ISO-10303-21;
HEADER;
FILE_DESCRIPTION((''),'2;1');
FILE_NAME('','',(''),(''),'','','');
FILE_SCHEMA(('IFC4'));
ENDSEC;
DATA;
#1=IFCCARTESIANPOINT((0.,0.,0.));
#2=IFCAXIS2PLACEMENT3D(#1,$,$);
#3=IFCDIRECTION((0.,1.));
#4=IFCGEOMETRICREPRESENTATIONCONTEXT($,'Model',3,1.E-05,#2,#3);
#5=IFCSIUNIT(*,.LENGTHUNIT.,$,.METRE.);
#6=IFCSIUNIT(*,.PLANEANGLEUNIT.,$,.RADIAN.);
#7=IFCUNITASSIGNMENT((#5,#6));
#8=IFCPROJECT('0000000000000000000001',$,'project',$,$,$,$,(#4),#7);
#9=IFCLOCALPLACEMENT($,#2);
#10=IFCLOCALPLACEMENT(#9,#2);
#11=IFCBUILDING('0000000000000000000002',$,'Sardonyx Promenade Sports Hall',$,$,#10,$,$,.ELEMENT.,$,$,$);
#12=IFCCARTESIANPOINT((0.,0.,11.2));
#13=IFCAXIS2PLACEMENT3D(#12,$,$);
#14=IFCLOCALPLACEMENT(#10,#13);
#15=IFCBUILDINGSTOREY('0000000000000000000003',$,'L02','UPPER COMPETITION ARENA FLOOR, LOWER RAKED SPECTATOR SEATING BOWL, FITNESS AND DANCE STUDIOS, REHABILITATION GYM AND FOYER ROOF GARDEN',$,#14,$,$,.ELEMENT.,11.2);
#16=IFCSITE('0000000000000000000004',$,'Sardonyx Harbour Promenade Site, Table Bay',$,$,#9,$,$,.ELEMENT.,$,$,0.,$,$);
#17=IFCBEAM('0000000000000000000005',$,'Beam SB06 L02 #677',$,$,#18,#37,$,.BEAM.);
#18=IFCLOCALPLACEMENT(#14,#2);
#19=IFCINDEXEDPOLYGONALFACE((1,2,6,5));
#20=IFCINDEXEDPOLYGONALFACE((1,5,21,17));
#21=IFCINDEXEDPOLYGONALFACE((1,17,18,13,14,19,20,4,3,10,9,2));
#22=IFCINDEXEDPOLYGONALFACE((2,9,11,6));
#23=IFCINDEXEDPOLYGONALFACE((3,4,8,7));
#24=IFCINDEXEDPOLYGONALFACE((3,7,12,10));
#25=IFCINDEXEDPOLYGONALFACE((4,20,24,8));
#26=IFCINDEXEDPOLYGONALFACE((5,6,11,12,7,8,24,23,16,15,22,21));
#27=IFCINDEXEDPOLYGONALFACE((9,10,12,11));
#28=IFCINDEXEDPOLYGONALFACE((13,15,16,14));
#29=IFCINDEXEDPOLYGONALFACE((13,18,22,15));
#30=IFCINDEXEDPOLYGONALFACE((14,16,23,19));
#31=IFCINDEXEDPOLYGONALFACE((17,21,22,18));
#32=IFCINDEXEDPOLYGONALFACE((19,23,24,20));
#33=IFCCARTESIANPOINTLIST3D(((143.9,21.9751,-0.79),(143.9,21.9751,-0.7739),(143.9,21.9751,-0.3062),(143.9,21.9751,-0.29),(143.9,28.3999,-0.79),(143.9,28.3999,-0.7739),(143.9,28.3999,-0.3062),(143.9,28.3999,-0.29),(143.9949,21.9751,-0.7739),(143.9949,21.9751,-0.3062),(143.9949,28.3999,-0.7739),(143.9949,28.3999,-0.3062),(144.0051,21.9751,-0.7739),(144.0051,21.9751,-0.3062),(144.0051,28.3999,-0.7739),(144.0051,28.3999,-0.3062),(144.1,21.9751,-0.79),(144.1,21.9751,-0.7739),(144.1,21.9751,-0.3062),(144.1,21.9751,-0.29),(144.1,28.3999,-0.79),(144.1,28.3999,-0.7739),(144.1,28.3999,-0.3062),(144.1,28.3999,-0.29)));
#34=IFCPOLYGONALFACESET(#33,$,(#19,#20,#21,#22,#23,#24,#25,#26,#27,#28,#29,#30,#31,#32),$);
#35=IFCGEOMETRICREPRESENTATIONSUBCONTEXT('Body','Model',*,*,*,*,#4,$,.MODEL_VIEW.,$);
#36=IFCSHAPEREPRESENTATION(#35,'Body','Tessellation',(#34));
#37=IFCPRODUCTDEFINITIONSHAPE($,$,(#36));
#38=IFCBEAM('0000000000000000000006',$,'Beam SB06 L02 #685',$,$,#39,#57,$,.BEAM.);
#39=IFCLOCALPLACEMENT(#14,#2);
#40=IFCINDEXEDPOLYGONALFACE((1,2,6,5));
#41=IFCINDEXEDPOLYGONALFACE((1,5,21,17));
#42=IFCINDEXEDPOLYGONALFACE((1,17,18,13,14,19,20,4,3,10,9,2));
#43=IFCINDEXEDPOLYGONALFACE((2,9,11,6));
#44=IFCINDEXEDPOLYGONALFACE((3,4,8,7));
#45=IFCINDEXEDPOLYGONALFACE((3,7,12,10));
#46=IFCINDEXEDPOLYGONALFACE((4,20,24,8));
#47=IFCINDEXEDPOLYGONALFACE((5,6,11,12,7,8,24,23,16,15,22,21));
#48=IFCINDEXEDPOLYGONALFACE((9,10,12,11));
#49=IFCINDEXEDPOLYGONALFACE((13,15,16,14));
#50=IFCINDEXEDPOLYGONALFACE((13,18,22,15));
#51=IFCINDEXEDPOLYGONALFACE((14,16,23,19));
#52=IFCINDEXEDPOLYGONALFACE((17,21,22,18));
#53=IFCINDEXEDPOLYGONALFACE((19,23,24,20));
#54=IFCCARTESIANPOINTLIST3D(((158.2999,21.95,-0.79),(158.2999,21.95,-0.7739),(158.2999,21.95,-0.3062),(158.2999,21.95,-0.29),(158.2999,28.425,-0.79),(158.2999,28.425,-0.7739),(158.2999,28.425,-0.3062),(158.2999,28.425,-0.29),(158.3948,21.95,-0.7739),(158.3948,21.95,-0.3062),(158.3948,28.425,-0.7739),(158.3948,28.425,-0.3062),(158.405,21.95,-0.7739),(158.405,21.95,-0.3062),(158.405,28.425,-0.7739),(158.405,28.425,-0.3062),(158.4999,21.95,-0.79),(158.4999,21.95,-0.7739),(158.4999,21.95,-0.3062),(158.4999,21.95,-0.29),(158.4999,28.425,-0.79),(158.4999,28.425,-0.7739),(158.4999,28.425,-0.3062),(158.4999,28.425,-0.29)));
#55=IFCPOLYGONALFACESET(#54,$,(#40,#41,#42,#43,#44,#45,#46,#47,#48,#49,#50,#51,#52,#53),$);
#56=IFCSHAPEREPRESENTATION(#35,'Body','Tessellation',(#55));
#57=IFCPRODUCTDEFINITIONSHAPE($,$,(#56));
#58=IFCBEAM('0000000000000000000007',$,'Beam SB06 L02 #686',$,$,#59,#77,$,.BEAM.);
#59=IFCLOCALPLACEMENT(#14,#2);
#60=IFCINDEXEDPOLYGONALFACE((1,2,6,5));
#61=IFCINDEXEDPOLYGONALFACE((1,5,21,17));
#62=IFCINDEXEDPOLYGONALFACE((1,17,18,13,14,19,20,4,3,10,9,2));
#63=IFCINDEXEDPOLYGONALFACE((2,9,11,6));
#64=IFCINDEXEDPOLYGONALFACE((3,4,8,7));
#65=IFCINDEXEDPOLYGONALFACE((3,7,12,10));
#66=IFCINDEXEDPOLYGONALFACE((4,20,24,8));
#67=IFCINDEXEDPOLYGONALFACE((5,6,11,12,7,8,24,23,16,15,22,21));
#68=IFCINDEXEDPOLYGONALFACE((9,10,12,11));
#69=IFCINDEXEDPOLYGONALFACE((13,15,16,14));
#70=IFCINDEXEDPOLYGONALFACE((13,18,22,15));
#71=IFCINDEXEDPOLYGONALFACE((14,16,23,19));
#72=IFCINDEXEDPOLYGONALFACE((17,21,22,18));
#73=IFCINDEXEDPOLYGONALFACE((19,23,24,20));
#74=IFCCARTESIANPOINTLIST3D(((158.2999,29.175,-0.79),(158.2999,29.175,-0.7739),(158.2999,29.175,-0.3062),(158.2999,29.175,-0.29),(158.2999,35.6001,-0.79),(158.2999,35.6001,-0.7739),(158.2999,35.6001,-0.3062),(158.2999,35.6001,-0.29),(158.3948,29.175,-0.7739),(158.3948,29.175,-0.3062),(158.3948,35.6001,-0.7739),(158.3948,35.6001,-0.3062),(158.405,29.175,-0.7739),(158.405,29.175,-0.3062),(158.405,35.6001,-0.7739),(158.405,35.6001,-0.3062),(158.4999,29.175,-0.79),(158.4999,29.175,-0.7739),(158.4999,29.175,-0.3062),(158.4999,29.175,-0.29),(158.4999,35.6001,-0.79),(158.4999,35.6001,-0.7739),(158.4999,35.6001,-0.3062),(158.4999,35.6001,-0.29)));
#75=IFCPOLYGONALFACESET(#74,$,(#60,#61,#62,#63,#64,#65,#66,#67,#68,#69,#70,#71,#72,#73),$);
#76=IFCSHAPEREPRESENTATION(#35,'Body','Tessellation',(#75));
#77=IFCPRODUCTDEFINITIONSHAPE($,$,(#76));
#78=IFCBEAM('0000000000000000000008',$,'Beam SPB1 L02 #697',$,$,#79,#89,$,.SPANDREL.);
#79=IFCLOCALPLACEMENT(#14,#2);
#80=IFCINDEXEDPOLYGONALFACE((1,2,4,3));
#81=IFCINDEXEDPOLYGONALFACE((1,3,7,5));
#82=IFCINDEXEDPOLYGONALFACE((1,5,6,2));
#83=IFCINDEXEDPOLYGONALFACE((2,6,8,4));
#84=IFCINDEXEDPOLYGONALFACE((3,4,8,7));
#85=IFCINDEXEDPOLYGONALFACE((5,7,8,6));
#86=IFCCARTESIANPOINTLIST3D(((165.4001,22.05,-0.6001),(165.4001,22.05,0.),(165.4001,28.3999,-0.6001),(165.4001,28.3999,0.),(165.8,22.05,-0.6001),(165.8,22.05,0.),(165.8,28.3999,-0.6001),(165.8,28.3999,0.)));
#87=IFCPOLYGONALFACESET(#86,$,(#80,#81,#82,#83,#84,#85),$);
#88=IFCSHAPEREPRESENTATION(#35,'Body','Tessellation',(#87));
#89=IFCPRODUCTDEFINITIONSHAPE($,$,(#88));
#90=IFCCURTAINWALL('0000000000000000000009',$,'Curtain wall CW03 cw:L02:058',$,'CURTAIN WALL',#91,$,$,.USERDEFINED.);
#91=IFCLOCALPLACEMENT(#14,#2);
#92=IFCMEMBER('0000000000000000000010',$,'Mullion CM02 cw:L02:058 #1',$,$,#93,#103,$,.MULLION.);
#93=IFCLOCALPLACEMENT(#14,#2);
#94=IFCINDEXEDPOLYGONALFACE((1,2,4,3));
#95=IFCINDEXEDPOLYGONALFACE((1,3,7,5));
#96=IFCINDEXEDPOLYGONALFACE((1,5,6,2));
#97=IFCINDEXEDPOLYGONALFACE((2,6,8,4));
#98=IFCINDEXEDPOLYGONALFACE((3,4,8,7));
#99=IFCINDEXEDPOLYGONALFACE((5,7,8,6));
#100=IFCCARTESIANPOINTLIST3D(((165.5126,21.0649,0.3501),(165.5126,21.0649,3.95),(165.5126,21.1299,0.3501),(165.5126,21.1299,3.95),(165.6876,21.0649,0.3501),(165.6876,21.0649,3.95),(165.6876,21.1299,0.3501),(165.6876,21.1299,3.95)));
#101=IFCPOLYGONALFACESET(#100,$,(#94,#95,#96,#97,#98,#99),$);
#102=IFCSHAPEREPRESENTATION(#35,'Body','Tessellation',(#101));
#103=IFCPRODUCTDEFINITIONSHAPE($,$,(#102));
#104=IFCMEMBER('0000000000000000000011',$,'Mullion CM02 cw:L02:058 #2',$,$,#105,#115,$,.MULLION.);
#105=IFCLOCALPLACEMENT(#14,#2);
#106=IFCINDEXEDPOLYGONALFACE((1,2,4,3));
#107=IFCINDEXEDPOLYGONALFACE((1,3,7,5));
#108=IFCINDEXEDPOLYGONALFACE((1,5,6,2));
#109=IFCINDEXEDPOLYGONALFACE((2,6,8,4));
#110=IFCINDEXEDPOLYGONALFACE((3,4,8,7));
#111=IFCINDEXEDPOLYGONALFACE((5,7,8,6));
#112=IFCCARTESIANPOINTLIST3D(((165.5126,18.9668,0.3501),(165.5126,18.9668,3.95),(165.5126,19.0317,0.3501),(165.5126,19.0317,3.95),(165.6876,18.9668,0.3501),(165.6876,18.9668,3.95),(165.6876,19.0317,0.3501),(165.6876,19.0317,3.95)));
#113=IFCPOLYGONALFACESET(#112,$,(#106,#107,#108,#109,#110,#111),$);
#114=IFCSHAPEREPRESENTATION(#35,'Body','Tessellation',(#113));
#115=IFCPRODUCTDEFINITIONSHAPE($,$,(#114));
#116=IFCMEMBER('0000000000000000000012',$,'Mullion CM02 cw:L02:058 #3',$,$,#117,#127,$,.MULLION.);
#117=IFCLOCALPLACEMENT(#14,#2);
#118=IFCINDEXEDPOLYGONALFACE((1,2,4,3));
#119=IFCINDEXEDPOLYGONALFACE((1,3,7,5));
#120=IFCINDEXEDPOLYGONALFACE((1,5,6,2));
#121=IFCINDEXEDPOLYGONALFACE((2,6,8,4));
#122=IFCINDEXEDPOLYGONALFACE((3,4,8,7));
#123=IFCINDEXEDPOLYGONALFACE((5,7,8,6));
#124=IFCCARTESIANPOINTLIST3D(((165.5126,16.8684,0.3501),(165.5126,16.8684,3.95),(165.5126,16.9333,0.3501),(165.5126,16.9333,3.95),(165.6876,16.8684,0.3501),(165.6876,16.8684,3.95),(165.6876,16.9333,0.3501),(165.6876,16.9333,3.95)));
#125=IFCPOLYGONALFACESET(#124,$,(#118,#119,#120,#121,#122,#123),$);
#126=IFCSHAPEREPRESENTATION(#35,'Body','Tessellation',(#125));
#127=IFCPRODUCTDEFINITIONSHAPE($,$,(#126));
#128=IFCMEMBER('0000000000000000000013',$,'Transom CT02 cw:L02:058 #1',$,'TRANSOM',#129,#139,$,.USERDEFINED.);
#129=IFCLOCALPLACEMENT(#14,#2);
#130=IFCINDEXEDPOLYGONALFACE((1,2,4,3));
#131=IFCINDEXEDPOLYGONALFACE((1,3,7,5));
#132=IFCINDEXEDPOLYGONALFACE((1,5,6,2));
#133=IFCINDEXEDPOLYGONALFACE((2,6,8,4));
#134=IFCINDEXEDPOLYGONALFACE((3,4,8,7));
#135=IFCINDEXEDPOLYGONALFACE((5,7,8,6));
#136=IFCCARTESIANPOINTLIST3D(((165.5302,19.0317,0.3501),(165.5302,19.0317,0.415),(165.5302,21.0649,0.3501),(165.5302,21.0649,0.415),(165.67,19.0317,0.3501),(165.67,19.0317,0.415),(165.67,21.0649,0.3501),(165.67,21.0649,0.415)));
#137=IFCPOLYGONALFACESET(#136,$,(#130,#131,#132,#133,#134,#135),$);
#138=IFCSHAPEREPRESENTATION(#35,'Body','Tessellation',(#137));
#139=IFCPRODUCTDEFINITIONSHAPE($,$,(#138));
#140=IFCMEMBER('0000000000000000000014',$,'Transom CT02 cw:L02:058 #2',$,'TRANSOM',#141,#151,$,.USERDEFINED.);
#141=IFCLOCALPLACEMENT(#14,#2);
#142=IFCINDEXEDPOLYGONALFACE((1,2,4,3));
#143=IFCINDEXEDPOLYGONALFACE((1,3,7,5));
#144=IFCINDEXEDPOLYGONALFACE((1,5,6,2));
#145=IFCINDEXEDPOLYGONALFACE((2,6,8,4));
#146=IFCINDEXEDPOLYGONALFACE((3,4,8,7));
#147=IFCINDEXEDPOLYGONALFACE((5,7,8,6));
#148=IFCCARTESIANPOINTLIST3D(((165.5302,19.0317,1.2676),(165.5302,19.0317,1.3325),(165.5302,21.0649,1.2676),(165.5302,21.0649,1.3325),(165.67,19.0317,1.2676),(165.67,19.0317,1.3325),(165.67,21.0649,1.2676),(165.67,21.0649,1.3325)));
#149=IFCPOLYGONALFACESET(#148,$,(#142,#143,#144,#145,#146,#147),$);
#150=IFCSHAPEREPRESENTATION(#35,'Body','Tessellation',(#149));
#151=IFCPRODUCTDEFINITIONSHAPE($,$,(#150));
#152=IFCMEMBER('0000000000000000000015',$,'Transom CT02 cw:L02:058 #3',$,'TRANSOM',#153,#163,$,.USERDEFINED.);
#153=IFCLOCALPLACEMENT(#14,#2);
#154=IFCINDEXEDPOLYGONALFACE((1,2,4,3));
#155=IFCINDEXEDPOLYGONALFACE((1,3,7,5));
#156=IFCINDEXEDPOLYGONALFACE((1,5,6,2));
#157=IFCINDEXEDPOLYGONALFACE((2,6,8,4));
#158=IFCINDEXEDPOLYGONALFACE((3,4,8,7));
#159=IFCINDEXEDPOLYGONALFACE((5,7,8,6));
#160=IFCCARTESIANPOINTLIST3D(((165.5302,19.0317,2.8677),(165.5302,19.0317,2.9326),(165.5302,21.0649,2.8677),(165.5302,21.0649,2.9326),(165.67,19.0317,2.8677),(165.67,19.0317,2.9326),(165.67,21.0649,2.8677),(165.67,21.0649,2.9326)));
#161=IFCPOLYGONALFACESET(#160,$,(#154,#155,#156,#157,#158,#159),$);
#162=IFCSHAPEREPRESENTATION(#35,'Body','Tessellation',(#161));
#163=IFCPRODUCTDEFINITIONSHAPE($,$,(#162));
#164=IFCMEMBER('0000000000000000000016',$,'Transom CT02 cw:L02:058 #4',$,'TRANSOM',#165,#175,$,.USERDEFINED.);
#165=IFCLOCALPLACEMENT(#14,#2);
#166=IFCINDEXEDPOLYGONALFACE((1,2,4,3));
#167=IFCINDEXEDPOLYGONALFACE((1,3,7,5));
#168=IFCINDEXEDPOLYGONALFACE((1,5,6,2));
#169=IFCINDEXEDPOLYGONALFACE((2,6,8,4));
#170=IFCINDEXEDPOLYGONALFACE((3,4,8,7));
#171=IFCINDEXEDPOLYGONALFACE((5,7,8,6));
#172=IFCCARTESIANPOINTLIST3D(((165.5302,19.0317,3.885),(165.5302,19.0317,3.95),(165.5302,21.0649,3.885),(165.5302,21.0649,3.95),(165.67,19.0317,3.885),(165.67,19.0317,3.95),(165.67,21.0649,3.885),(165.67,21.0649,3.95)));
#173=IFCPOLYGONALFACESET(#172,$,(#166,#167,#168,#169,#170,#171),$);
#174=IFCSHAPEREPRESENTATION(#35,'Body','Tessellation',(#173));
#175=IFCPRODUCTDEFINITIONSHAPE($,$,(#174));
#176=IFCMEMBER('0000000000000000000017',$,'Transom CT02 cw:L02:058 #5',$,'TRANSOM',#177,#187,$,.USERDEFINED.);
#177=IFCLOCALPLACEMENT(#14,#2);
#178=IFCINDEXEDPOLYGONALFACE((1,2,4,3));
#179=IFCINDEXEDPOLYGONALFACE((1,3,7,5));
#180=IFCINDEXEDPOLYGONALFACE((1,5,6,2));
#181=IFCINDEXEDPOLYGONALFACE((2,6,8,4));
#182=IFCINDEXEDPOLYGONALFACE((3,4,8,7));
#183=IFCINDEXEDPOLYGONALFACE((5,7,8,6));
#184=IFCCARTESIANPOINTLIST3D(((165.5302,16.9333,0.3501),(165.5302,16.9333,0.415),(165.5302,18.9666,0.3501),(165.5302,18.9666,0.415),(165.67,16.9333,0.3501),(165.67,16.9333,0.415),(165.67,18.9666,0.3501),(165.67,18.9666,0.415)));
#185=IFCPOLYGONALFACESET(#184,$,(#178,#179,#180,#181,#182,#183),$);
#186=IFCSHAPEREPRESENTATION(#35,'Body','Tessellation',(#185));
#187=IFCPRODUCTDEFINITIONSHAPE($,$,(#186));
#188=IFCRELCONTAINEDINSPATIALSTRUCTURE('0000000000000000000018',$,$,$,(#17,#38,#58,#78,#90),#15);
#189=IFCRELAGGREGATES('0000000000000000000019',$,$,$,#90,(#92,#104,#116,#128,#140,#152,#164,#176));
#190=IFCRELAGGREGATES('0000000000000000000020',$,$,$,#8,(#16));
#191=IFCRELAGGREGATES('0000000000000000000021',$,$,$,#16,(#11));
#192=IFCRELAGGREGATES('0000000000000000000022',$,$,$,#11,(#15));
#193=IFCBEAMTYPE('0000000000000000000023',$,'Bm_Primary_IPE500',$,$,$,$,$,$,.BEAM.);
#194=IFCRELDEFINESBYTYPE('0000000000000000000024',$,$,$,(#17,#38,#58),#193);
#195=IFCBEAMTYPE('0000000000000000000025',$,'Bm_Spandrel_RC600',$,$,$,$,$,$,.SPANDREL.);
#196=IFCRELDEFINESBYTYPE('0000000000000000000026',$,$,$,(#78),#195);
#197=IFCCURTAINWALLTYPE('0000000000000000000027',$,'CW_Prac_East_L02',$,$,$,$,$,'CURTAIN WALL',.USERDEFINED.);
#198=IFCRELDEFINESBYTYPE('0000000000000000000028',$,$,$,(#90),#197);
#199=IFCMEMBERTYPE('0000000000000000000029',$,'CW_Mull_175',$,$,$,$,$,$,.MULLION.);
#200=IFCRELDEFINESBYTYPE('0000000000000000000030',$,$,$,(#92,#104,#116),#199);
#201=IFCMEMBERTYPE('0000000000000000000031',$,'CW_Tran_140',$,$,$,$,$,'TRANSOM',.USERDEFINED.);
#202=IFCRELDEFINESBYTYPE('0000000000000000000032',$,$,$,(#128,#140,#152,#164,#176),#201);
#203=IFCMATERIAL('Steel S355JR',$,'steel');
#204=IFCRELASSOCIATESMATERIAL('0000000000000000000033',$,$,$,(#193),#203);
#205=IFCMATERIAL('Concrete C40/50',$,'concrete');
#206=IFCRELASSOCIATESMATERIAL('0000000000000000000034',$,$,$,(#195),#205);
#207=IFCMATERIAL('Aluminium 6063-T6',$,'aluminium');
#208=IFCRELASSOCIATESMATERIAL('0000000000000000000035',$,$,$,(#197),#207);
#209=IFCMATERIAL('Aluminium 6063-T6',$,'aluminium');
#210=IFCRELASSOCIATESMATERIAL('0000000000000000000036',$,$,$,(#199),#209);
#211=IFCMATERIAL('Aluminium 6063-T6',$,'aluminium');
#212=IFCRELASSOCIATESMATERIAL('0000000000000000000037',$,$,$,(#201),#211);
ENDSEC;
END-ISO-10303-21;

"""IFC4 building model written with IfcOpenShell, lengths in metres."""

from ifc_helpers import new_model, si_unit, direction, frame, origin, origin_2d, place, context, subcontext, project, spatial, rectangle, i_section, extrude, material, material_profile, profile_set, type_object, element, aggregate, save


model = new_model("IFC4")

# Units and contexts
model_context = context("Model", 3, precision=1e-05, world=origin(), true_north=direction((0.0, 1.0)))
body_context = subcontext(model_context, "Body", "Model", "MODEL_VIEW")
ifc_project = project(units=[si_unit("LENGTHUNIT", "METRE"), si_unit("PLANEANGLEUNIT", "RADIAN")], contexts=[model_context])

# Site, building, storey
site_placement = place(None, origin())
site = spatial("IfcSite", under=ifc_project, at=site_placement, Name="Sardonyx Harbour Promenade Site, Table Bay", CompositionType="ELEMENT", RefElevation=0.0)
building_placement = place(site_placement, origin())
building = spatial("IfcBuilding", under=site, at=building_placement, Name="Sardonyx Promenade Sports Hall", CompositionType="ELEMENT")
storey_placement = place(building_placement, frame((0.0, 0.0, 11.2)))
storey = spatial("IfcBuildingStorey", under=building, at=storey_placement, Name="L02", Description="UPPER COMPETITION ARENA FLOOR, LOWER RAKED SPECTATOR SEATING BOWL, FITNESS AND DANCE STUDIOS, REHABILITATION GYM AND FOYER ROOF GARDEN", CompositionType="ELEMENT", Elevation=11.2)

# Beams
ifc_material_1 = material(Name="Steel S355JR", Category="steel")
ifc_material_profile_1 = material_profile(ifc_material_1, i_section(OverallWidth=0.2, OverallDepth=0.5, WebThickness=0.0103, FlangeThickness=0.0161, at=origin_2d()))
ifc_profile_set_1 = profile_set([ifc_material_profile_1], Name="Steel S355JR")
beam_type_1 = type_object("IfcBeamType", Name="Bm_Primary_IPE500", PredefinedType="BEAM", material=ifc_profile_set_1)
beam_1_placement = place(storey_placement, frame((144.0, 21.9751, -0.54), z_axis=(0.0, 1.0, 0.0), x_axis=(-1.0, 0.0, 0.0)))
element("IfcBeam", 1, at=beam_1_placement, inside=storey, type_object=beam_type_1, Name="Beam SB06 L02 #677", PredefinedType="BEAM", context=body_context, shape_type="SweptSolid", body=[
    extrude(i_section(OverallWidth=0.2, OverallDepth=0.5, WebThickness=0.0103, FlangeThickness=0.0161, at=origin_2d()), origin(), (0.0, 0.0, 1.0), 6.4248),
])
beam_2_placement = place(storey_placement, frame((158.3999, 21.95, -0.54), z_axis=(0.0, 1.0, 0.0), x_axis=(-1.0, 0.0, 0.0)))
element("IfcBeam", 2, at=beam_2_placement, inside=storey, type_object=beam_type_1, Name="Beam SB06 L02 #685", PredefinedType="BEAM", context=body_context, shape_type="SweptSolid", body=[
    extrude(i_section(OverallWidth=0.2, OverallDepth=0.5, WebThickness=0.0103, FlangeThickness=0.0161, at=origin_2d()), origin(), (0.0, 0.0, 1.0), 6.4751),
])
beam_3_placement = place(storey_placement, frame((158.3999, 29.175, -0.54), z_axis=(0.0, 1.0, 0.0), x_axis=(-1.0, 0.0, 0.0)))
element("IfcBeam", 3, at=beam_3_placement, inside=storey, type_object=beam_type_1, Name="Beam SB06 L02 #686", PredefinedType="BEAM", context=body_context, shape_type="SweptSolid", body=[
    extrude(i_section(OverallWidth=0.2, OverallDepth=0.5, WebThickness=0.0103, FlangeThickness=0.0161, at=origin_2d()), origin(), (0.0, 0.0, 1.0), 6.425),
])
ifc_material_2 = material(Name="Concrete C40/50", Category="concrete")
ifc_material_profile_2 = material_profile(ifc_material_2, rectangle(XDim=0.3999, YDim=0.6001, at=origin_2d()))
ifc_profile_set_2 = profile_set([ifc_material_profile_2], Name="Concrete C40/50")
beam_type_2 = type_object("IfcBeamType", Name="Bm_Spandrel_RC600", PredefinedType="SPANDREL", material=ifc_profile_set_2)
beam_4_placement = place(storey_placement, frame((165.6001, 22.05, -0.3), z_axis=(0.0, 1.0, 0.0), x_axis=(-1.0, 0.0, 0.0)))
element("IfcBeam", 4, at=beam_4_placement, inside=storey, type_object=beam_type_2, Name="Beam SPB1 L02 #697", PredefinedType="SPANDREL", context=body_context, shape_type="SweptSolid", body=[
    extrude(rectangle(XDim=0.3999, YDim=0.6001, at=origin_2d()), origin(), (0.0, 0.0, 1.0), 6.3499),
])

# Curtain wall, members
ifc_material_3 = material(Name="Aluminium 6063-T6", Category="aluminium")
curtain_wall_type = type_object("IfcCurtainWallType", Name="CW_Prac_East_L02", ElementType="CURTAIN WALL", PredefinedType="USERDEFINED", material=ifc_material_3)
curtain_wall_placement = place(storey_placement, origin())
curtain_wall = element("IfcCurtainWall", 5, at=curtain_wall_placement, inside=storey, type_object=curtain_wall_type, Name="Curtain wall CW03 cw:L02:058", ObjectType="CURTAIN WALL", PredefinedType="USERDEFINED")
ifc_material_4 = material(Name="Aluminium 6063-T6", Category="aluminium")
ifc_material_profile_3 = material_profile(ifc_material_4, rectangle(XDim=0.0649, YDim=0.175, at=origin_2d()))
ifc_profile_set_3 = profile_set([ifc_material_profile_3], Name="Aluminium 6063-T6")
member_type_1 = type_object("IfcMemberType", Name="CW_Mull_175", PredefinedType="MULLION", material=ifc_profile_set_3)
member_1_placement = place(storey_placement, frame((165.6001, 21.0974, 0.3501), z_axis=(0.0, 0.0, 1.0), x_axis=(0.0, -1.0, 0.0)))
member_1 = element("IfcMember", 6, at=member_1_placement, type_object=member_type_1, Name="Mullion CM02 cw:L02:058 #1", PredefinedType="MULLION", context=body_context, shape_type="SweptSolid", body=[
    extrude(rectangle(XDim=0.0649, YDim=0.175, at=origin_2d()), origin(), (0.0, 0.0, 1.0), 3.5999),
])
member_2_placement = place(storey_placement, frame((165.6001, 18.9993, 0.3501), z_axis=(0.0, 0.0, 1.0), x_axis=(0.0, -1.0, 0.0)))
member_2 = element("IfcMember", 7, at=member_2_placement, type_object=member_type_1, Name="Mullion CM02 cw:L02:058 #2", PredefinedType="MULLION", context=body_context, shape_type="SweptSolid", body=[
    extrude(rectangle(XDim=0.0649, YDim=0.175, at=origin_2d()), origin(), (0.0, 0.0, 1.0), 3.5999),
])
member_3_placement = place(storey_placement, frame((165.6001, 16.9009, 0.3501), z_axis=(0.0, 0.0, 1.0), x_axis=(0.0, -1.0, 0.0)))
member_3 = element("IfcMember", 8, at=member_3_placement, type_object=member_type_1, Name="Mullion CM02 cw:L02:058 #3", PredefinedType="MULLION", context=body_context, shape_type="SweptSolid", body=[
    extrude(rectangle(XDim=0.0649, YDim=0.175, at=origin_2d()), origin(), (0.0, 0.0, 1.0), 3.5999),
])
ifc_material_5 = material(Name="Aluminium 6063-T6", Category="aluminium")
ifc_material_profile_4 = material_profile(ifc_material_5, rectangle(XDim=0.0649, YDim=0.1399, at=origin_2d()))
ifc_profile_set_4 = profile_set([ifc_material_profile_4], Name="Aluminium 6063-T6")
member_type_2 = type_object("IfcMemberType", Name="CW_Tran_140", ElementType="TRANSOM", PredefinedType="USERDEFINED", material=ifc_profile_set_4)
member_4_placement = place(storey_placement, frame((165.6001, 21.0649, 0.3826), z_axis=(0.0, -1.0, 0.0), x_axis=(0.0, 0.0, 1.0)))
member_4 = element("IfcMember", 9, at=member_4_placement, type_object=member_type_2, Name="Transom CT02 cw:L02:058 #1", ObjectType="TRANSOM", PredefinedType="USERDEFINED", context=body_context, shape_type="SweptSolid", body=[
    extrude(rectangle(XDim=0.0649, YDim=0.1399, at=origin_2d()), origin(), (0.0, 0.0, 1.0), 2.0332),
])
member_5_placement = place(storey_placement, frame((165.6001, 21.0649, 1.3), z_axis=(0.0, -1.0, 0.0), x_axis=(0.0, 0.0, 1.0)))
member_5 = element("IfcMember", 10, at=member_5_placement, type_object=member_type_2, Name="Transom CT02 cw:L02:058 #2", ObjectType="TRANSOM", PredefinedType="USERDEFINED", context=body_context, shape_type="SweptSolid", body=[
    extrude(rectangle(XDim=0.0649, YDim=0.1399, at=origin_2d()), origin(), (0.0, 0.0, 1.0), 2.0332),
])
member_6_placement = place(storey_placement, frame((165.6001, 21.0649, 2.9001), z_axis=(0.0, -1.0, 0.0), x_axis=(0.0, 0.0, 1.0)))
member_6 = element("IfcMember", 11, at=member_6_placement, type_object=member_type_2, Name="Transom CT02 cw:L02:058 #3", ObjectType="TRANSOM", PredefinedType="USERDEFINED", context=body_context, shape_type="SweptSolid", body=[
    extrude(rectangle(XDim=0.0649, YDim=0.1399, at=origin_2d()), origin(), (0.0, 0.0, 1.0), 2.0332),
])
member_7_placement = place(storey_placement, frame((165.6001, 21.0649, 3.9175), z_axis=(0.0, -1.0, 0.0), x_axis=(0.0, 0.0, 1.0)))
member_7 = element("IfcMember", 12, at=member_7_placement, type_object=member_type_2, Name="Transom CT02 cw:L02:058 #4", ObjectType="TRANSOM", PredefinedType="USERDEFINED", context=body_context, shape_type="SweptSolid", body=[
    extrude(rectangle(XDim=0.0649, YDim=0.1399, at=origin_2d()), origin(), (0.0, 0.0, 1.0), 2.0332),
])
member_8_placement = place(storey_placement, frame((165.6001, 18.9666, 0.3826), z_axis=(0.0, -1.0, 0.0), x_axis=(0.0, 0.0, 1.0)))
member_8 = element("IfcMember", 13, at=member_8_placement, type_object=member_type_2, Name="Transom CT02 cw:L02:058 #5", ObjectType="TRANSOM", PredefinedType="USERDEFINED", context=body_context, shape_type="SweptSolid", body=[
    extrude(rectangle(XDim=0.0649, YDim=0.1399, at=origin_2d()), origin(), (0.0, 0.0, 1.0), 2.0332),
])
aggregate(curtain_wall, [member_1, member_2, member_3, member_4, member_5, member_6, member_7, member_8])

save(model, "model.ifc")
